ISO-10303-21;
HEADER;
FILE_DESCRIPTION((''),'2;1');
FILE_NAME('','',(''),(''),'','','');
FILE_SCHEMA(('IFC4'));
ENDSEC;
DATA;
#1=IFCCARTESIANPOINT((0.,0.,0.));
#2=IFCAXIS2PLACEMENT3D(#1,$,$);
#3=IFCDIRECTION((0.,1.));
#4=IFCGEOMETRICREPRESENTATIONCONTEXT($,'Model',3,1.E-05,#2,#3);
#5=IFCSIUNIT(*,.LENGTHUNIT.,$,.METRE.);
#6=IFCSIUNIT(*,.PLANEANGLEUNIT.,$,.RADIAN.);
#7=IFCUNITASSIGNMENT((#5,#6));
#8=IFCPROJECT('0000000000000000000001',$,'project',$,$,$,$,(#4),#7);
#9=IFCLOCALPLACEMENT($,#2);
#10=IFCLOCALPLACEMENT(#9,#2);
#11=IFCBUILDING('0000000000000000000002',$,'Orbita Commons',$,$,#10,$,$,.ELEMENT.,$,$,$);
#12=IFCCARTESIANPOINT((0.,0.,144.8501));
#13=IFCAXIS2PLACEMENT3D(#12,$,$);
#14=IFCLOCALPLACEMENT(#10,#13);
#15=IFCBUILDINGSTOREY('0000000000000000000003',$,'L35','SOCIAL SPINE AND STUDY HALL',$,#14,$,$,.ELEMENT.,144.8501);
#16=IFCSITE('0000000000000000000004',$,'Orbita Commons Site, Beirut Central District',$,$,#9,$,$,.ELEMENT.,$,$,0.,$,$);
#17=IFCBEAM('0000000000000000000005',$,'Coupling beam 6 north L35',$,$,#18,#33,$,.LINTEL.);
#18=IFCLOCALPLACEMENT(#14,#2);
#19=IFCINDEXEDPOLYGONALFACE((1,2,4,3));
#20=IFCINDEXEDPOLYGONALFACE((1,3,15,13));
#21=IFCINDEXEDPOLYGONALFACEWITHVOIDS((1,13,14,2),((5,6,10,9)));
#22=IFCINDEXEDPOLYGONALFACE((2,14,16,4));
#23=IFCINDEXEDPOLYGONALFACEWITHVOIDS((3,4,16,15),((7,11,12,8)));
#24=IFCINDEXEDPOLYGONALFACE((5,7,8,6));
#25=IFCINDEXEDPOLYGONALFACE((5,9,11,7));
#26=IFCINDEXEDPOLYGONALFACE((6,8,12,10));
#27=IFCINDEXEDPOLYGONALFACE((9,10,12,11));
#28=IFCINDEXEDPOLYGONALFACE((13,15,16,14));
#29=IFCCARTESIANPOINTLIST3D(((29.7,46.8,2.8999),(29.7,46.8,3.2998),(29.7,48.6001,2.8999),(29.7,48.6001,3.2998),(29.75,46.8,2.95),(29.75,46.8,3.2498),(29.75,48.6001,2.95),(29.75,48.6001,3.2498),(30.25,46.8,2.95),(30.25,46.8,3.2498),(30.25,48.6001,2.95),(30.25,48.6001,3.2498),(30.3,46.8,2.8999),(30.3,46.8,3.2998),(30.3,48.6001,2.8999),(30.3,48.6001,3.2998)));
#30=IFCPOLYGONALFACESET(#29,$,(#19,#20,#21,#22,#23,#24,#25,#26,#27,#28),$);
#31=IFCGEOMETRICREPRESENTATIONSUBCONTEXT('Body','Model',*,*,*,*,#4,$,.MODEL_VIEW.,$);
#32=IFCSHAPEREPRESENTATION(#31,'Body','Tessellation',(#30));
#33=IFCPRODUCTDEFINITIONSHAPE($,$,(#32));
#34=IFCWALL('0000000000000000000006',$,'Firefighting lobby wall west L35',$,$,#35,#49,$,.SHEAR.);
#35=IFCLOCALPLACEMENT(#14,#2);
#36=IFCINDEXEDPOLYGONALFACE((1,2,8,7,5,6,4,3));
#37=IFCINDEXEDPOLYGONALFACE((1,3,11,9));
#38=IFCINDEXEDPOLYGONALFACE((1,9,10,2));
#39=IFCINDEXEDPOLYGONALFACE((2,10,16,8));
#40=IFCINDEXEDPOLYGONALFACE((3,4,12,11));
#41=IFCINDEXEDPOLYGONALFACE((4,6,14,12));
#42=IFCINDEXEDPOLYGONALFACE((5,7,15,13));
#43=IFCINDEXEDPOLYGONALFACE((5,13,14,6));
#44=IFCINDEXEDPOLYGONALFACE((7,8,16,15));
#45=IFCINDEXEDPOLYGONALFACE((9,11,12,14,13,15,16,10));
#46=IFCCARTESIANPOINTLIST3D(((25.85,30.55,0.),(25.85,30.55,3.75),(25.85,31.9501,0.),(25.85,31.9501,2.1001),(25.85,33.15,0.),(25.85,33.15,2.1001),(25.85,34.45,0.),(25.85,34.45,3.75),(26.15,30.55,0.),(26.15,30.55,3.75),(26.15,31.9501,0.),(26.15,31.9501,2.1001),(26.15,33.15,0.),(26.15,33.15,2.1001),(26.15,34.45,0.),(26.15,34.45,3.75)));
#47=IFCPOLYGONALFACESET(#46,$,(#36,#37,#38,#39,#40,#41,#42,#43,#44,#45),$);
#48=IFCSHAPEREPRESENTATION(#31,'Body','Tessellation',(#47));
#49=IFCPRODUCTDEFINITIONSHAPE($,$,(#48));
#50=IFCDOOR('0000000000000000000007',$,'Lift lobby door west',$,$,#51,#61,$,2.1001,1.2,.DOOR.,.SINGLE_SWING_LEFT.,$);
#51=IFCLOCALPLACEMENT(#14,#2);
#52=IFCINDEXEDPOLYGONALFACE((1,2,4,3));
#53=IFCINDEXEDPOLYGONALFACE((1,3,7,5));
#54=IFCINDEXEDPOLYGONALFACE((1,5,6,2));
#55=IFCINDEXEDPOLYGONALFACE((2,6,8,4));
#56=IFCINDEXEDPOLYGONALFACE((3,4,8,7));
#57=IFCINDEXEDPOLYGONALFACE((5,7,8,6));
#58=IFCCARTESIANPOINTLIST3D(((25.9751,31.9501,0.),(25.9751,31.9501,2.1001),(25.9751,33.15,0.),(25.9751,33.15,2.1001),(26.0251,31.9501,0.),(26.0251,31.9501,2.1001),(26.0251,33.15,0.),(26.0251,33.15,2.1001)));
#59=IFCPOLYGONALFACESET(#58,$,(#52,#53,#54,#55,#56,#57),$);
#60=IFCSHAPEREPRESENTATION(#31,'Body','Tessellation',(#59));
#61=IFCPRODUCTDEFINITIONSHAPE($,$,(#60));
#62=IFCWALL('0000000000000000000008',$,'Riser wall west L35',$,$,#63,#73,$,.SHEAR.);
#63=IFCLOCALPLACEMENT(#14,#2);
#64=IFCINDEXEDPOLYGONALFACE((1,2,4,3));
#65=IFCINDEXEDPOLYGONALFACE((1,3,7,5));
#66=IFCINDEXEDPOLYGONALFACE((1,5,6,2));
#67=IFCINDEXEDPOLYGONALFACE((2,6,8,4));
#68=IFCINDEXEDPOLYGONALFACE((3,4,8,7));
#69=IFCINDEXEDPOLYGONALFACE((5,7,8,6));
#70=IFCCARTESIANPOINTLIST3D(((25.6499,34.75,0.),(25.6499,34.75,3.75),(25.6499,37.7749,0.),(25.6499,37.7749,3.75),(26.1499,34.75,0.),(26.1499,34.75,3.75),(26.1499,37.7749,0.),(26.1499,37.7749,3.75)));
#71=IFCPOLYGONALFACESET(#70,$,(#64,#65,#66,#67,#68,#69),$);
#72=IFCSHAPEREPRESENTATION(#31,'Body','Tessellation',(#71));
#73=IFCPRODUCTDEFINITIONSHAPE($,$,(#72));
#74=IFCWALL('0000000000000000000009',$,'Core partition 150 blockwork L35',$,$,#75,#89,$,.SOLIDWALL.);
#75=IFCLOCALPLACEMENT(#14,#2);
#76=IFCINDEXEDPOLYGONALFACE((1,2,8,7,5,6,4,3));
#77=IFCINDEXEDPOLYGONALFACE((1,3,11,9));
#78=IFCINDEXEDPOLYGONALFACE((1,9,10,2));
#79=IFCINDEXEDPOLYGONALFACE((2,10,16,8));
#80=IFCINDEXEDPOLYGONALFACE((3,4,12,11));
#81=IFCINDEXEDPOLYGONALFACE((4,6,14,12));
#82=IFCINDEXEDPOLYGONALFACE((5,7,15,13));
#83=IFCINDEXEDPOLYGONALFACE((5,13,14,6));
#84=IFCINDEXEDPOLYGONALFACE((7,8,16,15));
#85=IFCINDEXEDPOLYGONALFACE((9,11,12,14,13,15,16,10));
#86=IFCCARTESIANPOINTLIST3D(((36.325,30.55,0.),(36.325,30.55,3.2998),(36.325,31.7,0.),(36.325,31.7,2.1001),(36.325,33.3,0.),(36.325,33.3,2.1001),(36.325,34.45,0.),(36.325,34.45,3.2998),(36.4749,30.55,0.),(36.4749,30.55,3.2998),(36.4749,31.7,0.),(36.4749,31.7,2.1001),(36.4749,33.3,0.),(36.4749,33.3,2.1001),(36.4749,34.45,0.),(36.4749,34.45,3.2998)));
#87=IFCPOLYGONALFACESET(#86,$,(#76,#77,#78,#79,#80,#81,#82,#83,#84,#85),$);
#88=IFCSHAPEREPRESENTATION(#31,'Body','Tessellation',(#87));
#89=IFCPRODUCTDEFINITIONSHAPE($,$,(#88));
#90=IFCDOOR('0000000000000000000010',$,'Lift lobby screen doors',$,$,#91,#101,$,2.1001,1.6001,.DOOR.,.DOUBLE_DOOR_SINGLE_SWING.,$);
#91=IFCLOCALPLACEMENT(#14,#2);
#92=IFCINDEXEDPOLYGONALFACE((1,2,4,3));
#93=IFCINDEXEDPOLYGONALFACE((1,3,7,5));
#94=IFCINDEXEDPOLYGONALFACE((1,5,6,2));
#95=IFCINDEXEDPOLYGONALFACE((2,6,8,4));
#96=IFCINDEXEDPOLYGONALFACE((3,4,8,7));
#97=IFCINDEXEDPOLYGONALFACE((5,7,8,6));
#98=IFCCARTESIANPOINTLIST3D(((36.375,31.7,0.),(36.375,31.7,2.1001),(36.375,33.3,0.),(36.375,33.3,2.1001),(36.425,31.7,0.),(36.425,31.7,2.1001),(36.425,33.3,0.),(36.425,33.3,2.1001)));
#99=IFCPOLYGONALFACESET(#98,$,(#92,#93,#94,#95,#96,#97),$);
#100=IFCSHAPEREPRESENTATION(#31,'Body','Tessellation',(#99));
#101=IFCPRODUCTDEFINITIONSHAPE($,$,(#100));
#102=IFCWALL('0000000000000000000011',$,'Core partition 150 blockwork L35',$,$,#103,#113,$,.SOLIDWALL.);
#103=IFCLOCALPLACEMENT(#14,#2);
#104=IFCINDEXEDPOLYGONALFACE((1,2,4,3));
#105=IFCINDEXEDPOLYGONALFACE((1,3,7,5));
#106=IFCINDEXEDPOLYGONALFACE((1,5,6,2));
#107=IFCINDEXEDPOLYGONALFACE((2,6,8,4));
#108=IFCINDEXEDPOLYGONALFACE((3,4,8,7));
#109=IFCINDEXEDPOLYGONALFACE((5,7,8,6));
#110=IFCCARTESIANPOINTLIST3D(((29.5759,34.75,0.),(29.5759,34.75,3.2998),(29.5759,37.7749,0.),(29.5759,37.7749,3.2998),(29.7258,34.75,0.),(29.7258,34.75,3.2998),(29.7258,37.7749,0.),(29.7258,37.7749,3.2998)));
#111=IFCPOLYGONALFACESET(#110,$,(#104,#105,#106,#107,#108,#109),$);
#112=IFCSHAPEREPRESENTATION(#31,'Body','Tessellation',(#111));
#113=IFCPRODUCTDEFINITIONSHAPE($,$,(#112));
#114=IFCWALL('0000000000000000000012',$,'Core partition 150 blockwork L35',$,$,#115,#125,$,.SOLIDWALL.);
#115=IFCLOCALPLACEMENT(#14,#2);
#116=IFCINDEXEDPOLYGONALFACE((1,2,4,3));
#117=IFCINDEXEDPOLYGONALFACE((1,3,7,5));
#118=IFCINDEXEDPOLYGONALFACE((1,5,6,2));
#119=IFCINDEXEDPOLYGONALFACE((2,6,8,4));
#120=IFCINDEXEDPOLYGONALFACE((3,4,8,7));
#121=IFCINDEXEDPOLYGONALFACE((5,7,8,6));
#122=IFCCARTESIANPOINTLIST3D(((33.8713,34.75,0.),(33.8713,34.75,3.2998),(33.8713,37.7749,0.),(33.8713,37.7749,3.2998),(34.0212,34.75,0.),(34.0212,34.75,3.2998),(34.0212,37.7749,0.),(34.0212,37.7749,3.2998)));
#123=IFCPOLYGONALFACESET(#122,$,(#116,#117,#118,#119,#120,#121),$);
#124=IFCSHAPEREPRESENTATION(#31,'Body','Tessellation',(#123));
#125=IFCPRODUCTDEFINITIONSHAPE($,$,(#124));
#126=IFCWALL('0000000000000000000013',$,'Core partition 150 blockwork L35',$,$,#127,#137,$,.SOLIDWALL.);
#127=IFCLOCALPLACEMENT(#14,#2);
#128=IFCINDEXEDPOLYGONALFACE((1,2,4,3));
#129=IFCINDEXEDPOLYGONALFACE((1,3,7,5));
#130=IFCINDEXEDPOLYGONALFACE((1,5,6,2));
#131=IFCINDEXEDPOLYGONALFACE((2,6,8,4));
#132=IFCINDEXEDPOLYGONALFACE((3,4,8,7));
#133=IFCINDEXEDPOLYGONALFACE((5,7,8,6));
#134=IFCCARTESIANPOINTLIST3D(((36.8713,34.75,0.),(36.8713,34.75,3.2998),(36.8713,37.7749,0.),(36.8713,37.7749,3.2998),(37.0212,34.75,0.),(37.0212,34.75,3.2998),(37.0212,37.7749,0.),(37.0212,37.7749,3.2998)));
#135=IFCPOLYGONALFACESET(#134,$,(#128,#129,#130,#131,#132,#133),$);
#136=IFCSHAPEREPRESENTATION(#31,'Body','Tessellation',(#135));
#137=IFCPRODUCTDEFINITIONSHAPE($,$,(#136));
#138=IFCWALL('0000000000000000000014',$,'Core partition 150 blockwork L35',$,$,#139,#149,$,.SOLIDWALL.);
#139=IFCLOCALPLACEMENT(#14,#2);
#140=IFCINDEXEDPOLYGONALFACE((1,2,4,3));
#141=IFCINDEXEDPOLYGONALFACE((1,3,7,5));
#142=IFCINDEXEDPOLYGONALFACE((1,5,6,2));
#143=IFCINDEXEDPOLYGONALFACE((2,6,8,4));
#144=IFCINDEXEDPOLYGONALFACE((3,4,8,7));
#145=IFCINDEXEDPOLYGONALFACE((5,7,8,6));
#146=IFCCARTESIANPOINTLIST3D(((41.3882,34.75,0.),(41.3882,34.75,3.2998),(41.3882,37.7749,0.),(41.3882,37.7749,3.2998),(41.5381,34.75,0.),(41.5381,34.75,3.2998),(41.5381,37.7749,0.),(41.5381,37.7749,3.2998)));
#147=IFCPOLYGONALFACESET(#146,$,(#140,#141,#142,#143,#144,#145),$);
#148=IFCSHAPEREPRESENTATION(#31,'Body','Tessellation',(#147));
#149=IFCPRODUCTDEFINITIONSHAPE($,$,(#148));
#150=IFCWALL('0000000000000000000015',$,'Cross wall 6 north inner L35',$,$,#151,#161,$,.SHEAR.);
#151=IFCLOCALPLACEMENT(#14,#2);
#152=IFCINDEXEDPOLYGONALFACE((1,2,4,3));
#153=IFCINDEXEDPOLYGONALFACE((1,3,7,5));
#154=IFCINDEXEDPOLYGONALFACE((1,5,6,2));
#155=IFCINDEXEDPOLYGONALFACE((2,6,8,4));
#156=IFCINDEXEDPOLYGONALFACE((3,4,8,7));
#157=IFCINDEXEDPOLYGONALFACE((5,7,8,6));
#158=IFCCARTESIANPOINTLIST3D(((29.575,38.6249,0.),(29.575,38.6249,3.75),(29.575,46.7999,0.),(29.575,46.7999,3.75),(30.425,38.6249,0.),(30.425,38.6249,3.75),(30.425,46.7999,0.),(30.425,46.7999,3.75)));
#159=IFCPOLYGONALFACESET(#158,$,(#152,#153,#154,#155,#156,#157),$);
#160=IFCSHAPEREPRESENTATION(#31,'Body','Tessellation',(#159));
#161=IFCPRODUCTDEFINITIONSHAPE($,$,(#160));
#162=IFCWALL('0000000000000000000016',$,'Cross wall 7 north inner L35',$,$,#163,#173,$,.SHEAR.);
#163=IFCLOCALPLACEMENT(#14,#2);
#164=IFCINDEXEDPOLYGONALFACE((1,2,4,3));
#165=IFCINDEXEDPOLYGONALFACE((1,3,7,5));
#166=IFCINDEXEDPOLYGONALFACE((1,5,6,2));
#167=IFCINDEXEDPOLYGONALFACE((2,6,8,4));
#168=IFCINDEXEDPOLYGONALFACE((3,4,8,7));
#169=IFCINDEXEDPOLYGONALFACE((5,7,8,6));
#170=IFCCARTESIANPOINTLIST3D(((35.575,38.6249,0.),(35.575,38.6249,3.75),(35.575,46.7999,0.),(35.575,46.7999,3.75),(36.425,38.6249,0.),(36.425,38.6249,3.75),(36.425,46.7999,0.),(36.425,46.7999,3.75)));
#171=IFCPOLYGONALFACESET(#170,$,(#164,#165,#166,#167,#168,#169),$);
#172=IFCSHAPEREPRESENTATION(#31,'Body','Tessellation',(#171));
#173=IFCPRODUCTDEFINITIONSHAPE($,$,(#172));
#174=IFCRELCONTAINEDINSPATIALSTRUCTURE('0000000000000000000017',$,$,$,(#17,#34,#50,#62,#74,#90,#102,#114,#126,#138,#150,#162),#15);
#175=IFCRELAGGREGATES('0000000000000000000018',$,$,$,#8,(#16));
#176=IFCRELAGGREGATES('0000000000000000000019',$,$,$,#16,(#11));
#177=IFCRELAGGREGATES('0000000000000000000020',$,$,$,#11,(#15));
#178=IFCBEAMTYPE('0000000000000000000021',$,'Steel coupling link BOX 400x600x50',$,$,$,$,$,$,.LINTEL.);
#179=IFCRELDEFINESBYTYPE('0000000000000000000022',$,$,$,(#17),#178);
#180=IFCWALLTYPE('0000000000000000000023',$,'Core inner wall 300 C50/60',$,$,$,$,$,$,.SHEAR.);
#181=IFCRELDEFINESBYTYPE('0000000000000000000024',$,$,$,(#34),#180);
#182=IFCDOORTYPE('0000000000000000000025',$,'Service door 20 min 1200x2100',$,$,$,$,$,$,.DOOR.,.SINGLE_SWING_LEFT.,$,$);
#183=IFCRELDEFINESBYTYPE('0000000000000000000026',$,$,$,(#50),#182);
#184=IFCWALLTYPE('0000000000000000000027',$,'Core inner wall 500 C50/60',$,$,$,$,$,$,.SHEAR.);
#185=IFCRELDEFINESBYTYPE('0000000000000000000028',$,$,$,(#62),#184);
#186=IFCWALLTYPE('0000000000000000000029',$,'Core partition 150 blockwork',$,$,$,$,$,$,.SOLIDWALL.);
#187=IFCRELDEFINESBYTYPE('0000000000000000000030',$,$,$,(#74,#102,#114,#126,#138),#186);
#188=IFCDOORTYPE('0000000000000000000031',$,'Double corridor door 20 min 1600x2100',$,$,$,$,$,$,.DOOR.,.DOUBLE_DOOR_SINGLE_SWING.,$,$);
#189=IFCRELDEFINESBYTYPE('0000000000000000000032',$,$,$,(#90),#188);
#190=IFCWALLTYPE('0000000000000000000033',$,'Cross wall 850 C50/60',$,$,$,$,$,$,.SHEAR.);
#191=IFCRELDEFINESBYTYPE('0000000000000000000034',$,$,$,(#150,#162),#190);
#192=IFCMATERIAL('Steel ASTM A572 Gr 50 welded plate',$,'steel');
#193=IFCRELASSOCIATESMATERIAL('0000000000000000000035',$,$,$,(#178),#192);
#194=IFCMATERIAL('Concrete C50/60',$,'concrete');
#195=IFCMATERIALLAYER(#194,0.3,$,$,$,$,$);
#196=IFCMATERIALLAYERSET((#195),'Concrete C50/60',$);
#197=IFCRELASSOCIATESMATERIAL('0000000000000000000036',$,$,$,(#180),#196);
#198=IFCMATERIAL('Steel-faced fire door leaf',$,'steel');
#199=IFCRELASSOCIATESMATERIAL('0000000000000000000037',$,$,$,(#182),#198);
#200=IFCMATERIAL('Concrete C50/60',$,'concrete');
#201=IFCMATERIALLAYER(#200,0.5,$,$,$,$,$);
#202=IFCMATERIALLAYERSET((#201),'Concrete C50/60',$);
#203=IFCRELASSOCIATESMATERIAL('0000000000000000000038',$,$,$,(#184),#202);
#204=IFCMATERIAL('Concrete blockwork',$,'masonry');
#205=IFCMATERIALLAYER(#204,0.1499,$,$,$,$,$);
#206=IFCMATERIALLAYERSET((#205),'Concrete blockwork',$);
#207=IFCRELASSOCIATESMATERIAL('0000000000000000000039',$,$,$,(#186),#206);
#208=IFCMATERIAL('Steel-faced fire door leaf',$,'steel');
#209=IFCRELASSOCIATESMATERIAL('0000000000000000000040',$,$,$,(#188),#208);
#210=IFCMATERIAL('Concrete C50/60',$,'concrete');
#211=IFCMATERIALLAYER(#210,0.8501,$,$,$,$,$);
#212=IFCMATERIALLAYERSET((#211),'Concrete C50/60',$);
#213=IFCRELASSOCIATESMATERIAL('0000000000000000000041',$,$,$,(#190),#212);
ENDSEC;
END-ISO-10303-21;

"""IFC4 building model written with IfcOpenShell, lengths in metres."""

from ifc_helpers import new_model, si_unit, direction, frame, frame_2d, origin, origin_2d, place, context, subcontext, project, spatial, rectangle, hollow_rectangle, extrude, material, layer, layer_set, material_profile, profile_set, type_object, element, fill, save


model = new_model("IFC4")

# Units and contexts
model_context = context("Model", 3, precision=1e-05, world=origin(), true_north=direction((0.0, 1.0)))
body_context = subcontext(model_context, "Body", "Model", "MODEL_VIEW")
ifc_project = project(units=[si_unit("LENGTHUNIT", "METRE"), si_unit("PLANEANGLEUNIT", "RADIAN")], contexts=[model_context])

# Site, building, storey
site_placement = place(None, origin())
site = spatial("IfcSite", under=ifc_project, at=site_placement, Name="Orbita Commons Site, Beirut Central District", CompositionType="ELEMENT", RefElevation=0.0)
building_placement = place(site_placement, origin())
building = spatial("IfcBuilding", under=site, at=building_placement, Name="Orbita Commons", CompositionType="ELEMENT")
storey_placement = place(building_placement, frame((0.0, 0.0, 144.8501)))
storey = spatial("IfcBuildingStorey", under=building, at=storey_placement, Name="L35", Description="SOCIAL SPINE AND STUDY HALL", CompositionType="ELEMENT", Elevation=144.8501)

# Beam
ifc_material_1 = material(Name="Steel ASTM A572 Gr 50 welded plate", Category="steel")
ifc_material_profile = material_profile(ifc_material_1, hollow_rectangle(XDim=0.6001, YDim=0.3999, WallThickness=0.05, at=origin_2d()), Name="BOX 400x600x50")
ifc_profile_set = profile_set([ifc_material_profile], Name="Steel ASTM A572 Gr 50 welded plate")
beam_type = type_object("IfcBeamType", Name="Steel coupling link BOX 400x600x50", PredefinedType="LINTEL", material=ifc_profile_set)
beam_placement = place(storey_placement, frame((30.0, 46.8, 3.0999), z_axis=(0.0, 1.0, 0.0), x_axis=(-1.0, 0.0, 0.0)))
element("IfcBeam", 1, at=beam_placement, inside=storey, type_object=beam_type, Name="Coupling beam 6 north L35", PredefinedType="LINTEL", context=body_context, shape_type="SweptSolid", body=[
    extrude(hollow_rectangle(XDim=0.6001, YDim=0.3999, WallThickness=0.05, at=origin_2d()), origin(), (0.0, 0.0, 1.0), 1.8),
])

# Wall, opening, door
ifc_material_2 = material(Name="Concrete C50/60", Category="concrete")
ifc_layer_1 = layer(ifc_material_2, 0.3)
ifc_layer_set_1 = layer_set([ifc_layer_1], Name="Concrete C50/60")
wall_type_1 = type_object("IfcWallType", Name="Core inner wall 300 C50/60", PredefinedType="SHEAR", material=ifc_layer_set_1)
wall_1_placement = place(storey_placement, frame((26.0, 30.55, 0.0), z_axis=(0.0, 0.0, 1.0), x_axis=(0.0, 1.0, 0.0)))
wall_1 = element("IfcWall", 2, at=wall_1_placement, inside=storey, type_object=wall_type_1, Name="Firefighting lobby wall west L35", PredefinedType="SHEAR", context=body_context, shape_type="SweptSolid", body=[
    extrude(rectangle(XDim=3.8999, YDim=0.3, at=frame_2d((1.95, 0.0))), origin(), (0.0, 0.0, 1.0), 3.75),
])
opening_1_placement = place(wall_1_placement, frame((1.3999, 0.0, 0.0)))
opening_1 = element("IfcOpeningElement", 3, at=opening_1_placement, cuts=wall_1, PredefinedType="OPENING", context=body_context, shape_type="SweptSolid", body=[
    extrude(rectangle(XDim=1.2, YDim=2.1001, at=frame_2d((0.6001, 1.05))), frame((0.0, 0.1599, 0.0), z_axis=(0.0, -1.0, 0.0), x_axis=(1.0, 0.0, 0.0)), (0.0, 0.0, 1.0), 0.3201),
])
ifc_material_3 = material(Name="Steel-faced fire door leaf", Category="steel")
door_type_1 = type_object("IfcDoorType", Name="Service door 20 min 1200x2100", OperationType="SINGLE_SWING_LEFT", PredefinedType="DOOR", material=ifc_material_3)
door_1_placement = place(opening_1_placement, origin())
door_1 = element("IfcDoor", 4, at=door_1_placement, inside=storey, type_object=door_type_1, Name="Lift lobby door west", OperationType="SINGLE_SWING_LEFT", OverallHeight=2.1001, OverallWidth=1.2, PredefinedType="DOOR", context=body_context, shape_type="SweptSolid", body=[
    extrude(rectangle(XDim=1.2, YDim=2.1001, at=frame_2d((0.6001, 1.05))), frame((0.0, 0.0249, 0.0), z_axis=(0.0, -1.0, 0.0), x_axis=(1.0, 0.0, 0.0)), (0.0, 0.0, 1.0), 0.05),
])
fill(opening_1, door_1)

# Wall
ifc_material_4 = material(Name="Concrete C50/60", Category="concrete")
ifc_layer_2 = layer(ifc_material_4, 0.5)
ifc_layer_set_2 = layer_set([ifc_layer_2], Name="Concrete C50/60")
wall_type_2 = type_object("IfcWallType", Name="Core inner wall 500 C50/60", PredefinedType="SHEAR", material=ifc_layer_set_2)
wall_2_placement = place(storey_placement, frame((25.8999, 34.75, 0.0), z_axis=(0.0, 0.0, 1.0), x_axis=(0.0, 1.0, 0.0)))
element("IfcWall", 5, at=wall_2_placement, inside=storey, type_object=wall_type_2, Name="Riser wall west L35", PredefinedType="SHEAR", context=body_context, shape_type="SweptSolid", body=[
    extrude(rectangle(XDim=3.0249, YDim=0.5, at=frame_2d((1.5125, 0.0))), origin(), (0.0, 0.0, 1.0), 3.75),
])

# Wall, opening, door
ifc_material_5 = material(Name="Concrete blockwork", Category="masonry")
ifc_layer_3 = layer(ifc_material_5, 0.1499)
ifc_layer_set_3 = layer_set([ifc_layer_3], Name="Concrete blockwork")
wall_type_3 = type_object("IfcWallType", Name="Core partition 150 blockwork", PredefinedType="SOLIDWALL", material=ifc_layer_set_3)
wall_3_placement = place(storey_placement, frame((36.3999, 30.55, 0.0), z_axis=(0.0, 0.0, 1.0), x_axis=(0.0, 1.0, 0.0)))
wall_3 = element("IfcWall", 6, at=wall_3_placement, inside=storey, type_object=wall_type_3, Name="Core partition 150 blockwork L35", PredefinedType="SOLIDWALL", context=body_context, shape_type="SweptSolid", body=[
    extrude(rectangle(XDim=3.8999, YDim=0.1499, at=frame_2d((1.95, 0.0))), origin(), (0.0, 0.0, 1.0), 3.2998),
])
opening_2_placement = place(wall_3_placement, frame((1.1499, 0.0, 0.0)))
opening_2 = element("IfcOpeningElement", 7, at=opening_2_placement, cuts=wall_3, PredefinedType="OPENING", context=body_context, shape_type="SweptSolid", body=[
    extrude(rectangle(XDim=1.6001, YDim=2.1001, at=frame_2d((0.8, 1.05))), frame((0.0, 0.085, 0.0), z_axis=(0.0, -1.0, 0.0), x_axis=(1.0, 0.0, 0.0)), (0.0, 0.0, 1.0), 0.1699),
])
ifc_material_6 = material(Name="Steel-faced fire door leaf", Category="steel")
door_type_2 = type_object("IfcDoorType", Name="Double corridor door 20 min 1600x2100", OperationType="DOUBLE_DOOR_SINGLE_SWING", PredefinedType="DOOR", material=ifc_material_6)
door_2_placement = place(opening_2_placement, origin())
door_2 = element("IfcDoor", 8, at=door_2_placement, inside=storey, type_object=door_type_2, Name="Lift lobby screen doors", OperationType="DOUBLE_DOOR_SINGLE_SWING", OverallHeight=2.1001, OverallWidth=1.6001, PredefinedType="DOOR", context=body_context, shape_type="SweptSolid", body=[
    extrude(rectangle(XDim=1.6001, YDim=2.1001, at=frame_2d((0.8, 1.05))), frame((0.0, 0.0249, 0.0), z_axis=(0.0, -1.0, 0.0), x_axis=(1.0, 0.0, 0.0)), (0.0, 0.0, 1.0), 0.05),
])
fill(opening_2, door_2)

# Walls
for number, where, z_axis, x_axis, name in (
    (9, (29.6509, 34.75, 0.0), (0.0, 0.0, 1.0), (0.0, 1.0, 0.0), "Core partition 150 blockwork L35"),
    (10, (33.9463, 34.75, 0.0), (0.0, 0.0, 1.0), (0.0, 1.0, 0.0), "Core partition 150 blockwork L35"),
    (11, (36.9463, 34.75, 0.0), (0.0, 0.0, 1.0), (0.0, 1.0, 0.0), "Core partition 150 blockwork L35"),
    (12, (41.4631, 34.75, 0.0), (0.0, 0.0, 1.0), (0.0, 1.0, 0.0), "Core partition 150 blockwork L35"),
):
    element("IfcWall", number, at=place(storey_placement, frame(where, z_axis=z_axis, x_axis=x_axis)), inside=storey, type_object=wall_type_3, Name=name, PredefinedType="SOLIDWALL", context=body_context, shape_type="SweptSolid", body=[
        extrude(rectangle(XDim=3.0249, YDim=0.1499, at=frame_2d((1.5125, 0.0))), origin(), (0.0, 0.0, 1.0), 3.2998),
    ])
ifc_material_7 = material(Name="Concrete C50/60", Category="concrete")
ifc_layer_4 = layer(ifc_material_7, 0.8501)
ifc_layer_set_4 = layer_set([ifc_layer_4], Name="Concrete C50/60")
wall_type_4 = type_object("IfcWallType", Name="Cross wall 850 C50/60", PredefinedType="SHEAR", material=ifc_layer_set_4)
for number, where, z_axis, x_axis, name in (
    (13, (30.0, 38.625, 0.0), (0.0, 0.0, 1.0), (0.0, 1.0, 0.0), "Cross wall 6 north inner L35"),
    (14, (36.0, 38.625, 0.0), (0.0, 0.0, 1.0), (0.0, 1.0, 0.0), "Cross wall 7 north inner L35"),
):
    element("IfcWall", number, at=place(storey_placement, frame(where, z_axis=z_axis, x_axis=x_axis)), inside=storey, type_object=wall_type_4, Name=name, PredefinedType="SHEAR", context=body_context, shape_type="SweptSolid", body=[
        extrude(rectangle(XDim=8.175, YDim=0.8501, at=frame_2d((4.0874, 0.0))), origin(), (0.0, 0.0, 1.0), 3.75),
    ])

save(model, "model.ifc")
